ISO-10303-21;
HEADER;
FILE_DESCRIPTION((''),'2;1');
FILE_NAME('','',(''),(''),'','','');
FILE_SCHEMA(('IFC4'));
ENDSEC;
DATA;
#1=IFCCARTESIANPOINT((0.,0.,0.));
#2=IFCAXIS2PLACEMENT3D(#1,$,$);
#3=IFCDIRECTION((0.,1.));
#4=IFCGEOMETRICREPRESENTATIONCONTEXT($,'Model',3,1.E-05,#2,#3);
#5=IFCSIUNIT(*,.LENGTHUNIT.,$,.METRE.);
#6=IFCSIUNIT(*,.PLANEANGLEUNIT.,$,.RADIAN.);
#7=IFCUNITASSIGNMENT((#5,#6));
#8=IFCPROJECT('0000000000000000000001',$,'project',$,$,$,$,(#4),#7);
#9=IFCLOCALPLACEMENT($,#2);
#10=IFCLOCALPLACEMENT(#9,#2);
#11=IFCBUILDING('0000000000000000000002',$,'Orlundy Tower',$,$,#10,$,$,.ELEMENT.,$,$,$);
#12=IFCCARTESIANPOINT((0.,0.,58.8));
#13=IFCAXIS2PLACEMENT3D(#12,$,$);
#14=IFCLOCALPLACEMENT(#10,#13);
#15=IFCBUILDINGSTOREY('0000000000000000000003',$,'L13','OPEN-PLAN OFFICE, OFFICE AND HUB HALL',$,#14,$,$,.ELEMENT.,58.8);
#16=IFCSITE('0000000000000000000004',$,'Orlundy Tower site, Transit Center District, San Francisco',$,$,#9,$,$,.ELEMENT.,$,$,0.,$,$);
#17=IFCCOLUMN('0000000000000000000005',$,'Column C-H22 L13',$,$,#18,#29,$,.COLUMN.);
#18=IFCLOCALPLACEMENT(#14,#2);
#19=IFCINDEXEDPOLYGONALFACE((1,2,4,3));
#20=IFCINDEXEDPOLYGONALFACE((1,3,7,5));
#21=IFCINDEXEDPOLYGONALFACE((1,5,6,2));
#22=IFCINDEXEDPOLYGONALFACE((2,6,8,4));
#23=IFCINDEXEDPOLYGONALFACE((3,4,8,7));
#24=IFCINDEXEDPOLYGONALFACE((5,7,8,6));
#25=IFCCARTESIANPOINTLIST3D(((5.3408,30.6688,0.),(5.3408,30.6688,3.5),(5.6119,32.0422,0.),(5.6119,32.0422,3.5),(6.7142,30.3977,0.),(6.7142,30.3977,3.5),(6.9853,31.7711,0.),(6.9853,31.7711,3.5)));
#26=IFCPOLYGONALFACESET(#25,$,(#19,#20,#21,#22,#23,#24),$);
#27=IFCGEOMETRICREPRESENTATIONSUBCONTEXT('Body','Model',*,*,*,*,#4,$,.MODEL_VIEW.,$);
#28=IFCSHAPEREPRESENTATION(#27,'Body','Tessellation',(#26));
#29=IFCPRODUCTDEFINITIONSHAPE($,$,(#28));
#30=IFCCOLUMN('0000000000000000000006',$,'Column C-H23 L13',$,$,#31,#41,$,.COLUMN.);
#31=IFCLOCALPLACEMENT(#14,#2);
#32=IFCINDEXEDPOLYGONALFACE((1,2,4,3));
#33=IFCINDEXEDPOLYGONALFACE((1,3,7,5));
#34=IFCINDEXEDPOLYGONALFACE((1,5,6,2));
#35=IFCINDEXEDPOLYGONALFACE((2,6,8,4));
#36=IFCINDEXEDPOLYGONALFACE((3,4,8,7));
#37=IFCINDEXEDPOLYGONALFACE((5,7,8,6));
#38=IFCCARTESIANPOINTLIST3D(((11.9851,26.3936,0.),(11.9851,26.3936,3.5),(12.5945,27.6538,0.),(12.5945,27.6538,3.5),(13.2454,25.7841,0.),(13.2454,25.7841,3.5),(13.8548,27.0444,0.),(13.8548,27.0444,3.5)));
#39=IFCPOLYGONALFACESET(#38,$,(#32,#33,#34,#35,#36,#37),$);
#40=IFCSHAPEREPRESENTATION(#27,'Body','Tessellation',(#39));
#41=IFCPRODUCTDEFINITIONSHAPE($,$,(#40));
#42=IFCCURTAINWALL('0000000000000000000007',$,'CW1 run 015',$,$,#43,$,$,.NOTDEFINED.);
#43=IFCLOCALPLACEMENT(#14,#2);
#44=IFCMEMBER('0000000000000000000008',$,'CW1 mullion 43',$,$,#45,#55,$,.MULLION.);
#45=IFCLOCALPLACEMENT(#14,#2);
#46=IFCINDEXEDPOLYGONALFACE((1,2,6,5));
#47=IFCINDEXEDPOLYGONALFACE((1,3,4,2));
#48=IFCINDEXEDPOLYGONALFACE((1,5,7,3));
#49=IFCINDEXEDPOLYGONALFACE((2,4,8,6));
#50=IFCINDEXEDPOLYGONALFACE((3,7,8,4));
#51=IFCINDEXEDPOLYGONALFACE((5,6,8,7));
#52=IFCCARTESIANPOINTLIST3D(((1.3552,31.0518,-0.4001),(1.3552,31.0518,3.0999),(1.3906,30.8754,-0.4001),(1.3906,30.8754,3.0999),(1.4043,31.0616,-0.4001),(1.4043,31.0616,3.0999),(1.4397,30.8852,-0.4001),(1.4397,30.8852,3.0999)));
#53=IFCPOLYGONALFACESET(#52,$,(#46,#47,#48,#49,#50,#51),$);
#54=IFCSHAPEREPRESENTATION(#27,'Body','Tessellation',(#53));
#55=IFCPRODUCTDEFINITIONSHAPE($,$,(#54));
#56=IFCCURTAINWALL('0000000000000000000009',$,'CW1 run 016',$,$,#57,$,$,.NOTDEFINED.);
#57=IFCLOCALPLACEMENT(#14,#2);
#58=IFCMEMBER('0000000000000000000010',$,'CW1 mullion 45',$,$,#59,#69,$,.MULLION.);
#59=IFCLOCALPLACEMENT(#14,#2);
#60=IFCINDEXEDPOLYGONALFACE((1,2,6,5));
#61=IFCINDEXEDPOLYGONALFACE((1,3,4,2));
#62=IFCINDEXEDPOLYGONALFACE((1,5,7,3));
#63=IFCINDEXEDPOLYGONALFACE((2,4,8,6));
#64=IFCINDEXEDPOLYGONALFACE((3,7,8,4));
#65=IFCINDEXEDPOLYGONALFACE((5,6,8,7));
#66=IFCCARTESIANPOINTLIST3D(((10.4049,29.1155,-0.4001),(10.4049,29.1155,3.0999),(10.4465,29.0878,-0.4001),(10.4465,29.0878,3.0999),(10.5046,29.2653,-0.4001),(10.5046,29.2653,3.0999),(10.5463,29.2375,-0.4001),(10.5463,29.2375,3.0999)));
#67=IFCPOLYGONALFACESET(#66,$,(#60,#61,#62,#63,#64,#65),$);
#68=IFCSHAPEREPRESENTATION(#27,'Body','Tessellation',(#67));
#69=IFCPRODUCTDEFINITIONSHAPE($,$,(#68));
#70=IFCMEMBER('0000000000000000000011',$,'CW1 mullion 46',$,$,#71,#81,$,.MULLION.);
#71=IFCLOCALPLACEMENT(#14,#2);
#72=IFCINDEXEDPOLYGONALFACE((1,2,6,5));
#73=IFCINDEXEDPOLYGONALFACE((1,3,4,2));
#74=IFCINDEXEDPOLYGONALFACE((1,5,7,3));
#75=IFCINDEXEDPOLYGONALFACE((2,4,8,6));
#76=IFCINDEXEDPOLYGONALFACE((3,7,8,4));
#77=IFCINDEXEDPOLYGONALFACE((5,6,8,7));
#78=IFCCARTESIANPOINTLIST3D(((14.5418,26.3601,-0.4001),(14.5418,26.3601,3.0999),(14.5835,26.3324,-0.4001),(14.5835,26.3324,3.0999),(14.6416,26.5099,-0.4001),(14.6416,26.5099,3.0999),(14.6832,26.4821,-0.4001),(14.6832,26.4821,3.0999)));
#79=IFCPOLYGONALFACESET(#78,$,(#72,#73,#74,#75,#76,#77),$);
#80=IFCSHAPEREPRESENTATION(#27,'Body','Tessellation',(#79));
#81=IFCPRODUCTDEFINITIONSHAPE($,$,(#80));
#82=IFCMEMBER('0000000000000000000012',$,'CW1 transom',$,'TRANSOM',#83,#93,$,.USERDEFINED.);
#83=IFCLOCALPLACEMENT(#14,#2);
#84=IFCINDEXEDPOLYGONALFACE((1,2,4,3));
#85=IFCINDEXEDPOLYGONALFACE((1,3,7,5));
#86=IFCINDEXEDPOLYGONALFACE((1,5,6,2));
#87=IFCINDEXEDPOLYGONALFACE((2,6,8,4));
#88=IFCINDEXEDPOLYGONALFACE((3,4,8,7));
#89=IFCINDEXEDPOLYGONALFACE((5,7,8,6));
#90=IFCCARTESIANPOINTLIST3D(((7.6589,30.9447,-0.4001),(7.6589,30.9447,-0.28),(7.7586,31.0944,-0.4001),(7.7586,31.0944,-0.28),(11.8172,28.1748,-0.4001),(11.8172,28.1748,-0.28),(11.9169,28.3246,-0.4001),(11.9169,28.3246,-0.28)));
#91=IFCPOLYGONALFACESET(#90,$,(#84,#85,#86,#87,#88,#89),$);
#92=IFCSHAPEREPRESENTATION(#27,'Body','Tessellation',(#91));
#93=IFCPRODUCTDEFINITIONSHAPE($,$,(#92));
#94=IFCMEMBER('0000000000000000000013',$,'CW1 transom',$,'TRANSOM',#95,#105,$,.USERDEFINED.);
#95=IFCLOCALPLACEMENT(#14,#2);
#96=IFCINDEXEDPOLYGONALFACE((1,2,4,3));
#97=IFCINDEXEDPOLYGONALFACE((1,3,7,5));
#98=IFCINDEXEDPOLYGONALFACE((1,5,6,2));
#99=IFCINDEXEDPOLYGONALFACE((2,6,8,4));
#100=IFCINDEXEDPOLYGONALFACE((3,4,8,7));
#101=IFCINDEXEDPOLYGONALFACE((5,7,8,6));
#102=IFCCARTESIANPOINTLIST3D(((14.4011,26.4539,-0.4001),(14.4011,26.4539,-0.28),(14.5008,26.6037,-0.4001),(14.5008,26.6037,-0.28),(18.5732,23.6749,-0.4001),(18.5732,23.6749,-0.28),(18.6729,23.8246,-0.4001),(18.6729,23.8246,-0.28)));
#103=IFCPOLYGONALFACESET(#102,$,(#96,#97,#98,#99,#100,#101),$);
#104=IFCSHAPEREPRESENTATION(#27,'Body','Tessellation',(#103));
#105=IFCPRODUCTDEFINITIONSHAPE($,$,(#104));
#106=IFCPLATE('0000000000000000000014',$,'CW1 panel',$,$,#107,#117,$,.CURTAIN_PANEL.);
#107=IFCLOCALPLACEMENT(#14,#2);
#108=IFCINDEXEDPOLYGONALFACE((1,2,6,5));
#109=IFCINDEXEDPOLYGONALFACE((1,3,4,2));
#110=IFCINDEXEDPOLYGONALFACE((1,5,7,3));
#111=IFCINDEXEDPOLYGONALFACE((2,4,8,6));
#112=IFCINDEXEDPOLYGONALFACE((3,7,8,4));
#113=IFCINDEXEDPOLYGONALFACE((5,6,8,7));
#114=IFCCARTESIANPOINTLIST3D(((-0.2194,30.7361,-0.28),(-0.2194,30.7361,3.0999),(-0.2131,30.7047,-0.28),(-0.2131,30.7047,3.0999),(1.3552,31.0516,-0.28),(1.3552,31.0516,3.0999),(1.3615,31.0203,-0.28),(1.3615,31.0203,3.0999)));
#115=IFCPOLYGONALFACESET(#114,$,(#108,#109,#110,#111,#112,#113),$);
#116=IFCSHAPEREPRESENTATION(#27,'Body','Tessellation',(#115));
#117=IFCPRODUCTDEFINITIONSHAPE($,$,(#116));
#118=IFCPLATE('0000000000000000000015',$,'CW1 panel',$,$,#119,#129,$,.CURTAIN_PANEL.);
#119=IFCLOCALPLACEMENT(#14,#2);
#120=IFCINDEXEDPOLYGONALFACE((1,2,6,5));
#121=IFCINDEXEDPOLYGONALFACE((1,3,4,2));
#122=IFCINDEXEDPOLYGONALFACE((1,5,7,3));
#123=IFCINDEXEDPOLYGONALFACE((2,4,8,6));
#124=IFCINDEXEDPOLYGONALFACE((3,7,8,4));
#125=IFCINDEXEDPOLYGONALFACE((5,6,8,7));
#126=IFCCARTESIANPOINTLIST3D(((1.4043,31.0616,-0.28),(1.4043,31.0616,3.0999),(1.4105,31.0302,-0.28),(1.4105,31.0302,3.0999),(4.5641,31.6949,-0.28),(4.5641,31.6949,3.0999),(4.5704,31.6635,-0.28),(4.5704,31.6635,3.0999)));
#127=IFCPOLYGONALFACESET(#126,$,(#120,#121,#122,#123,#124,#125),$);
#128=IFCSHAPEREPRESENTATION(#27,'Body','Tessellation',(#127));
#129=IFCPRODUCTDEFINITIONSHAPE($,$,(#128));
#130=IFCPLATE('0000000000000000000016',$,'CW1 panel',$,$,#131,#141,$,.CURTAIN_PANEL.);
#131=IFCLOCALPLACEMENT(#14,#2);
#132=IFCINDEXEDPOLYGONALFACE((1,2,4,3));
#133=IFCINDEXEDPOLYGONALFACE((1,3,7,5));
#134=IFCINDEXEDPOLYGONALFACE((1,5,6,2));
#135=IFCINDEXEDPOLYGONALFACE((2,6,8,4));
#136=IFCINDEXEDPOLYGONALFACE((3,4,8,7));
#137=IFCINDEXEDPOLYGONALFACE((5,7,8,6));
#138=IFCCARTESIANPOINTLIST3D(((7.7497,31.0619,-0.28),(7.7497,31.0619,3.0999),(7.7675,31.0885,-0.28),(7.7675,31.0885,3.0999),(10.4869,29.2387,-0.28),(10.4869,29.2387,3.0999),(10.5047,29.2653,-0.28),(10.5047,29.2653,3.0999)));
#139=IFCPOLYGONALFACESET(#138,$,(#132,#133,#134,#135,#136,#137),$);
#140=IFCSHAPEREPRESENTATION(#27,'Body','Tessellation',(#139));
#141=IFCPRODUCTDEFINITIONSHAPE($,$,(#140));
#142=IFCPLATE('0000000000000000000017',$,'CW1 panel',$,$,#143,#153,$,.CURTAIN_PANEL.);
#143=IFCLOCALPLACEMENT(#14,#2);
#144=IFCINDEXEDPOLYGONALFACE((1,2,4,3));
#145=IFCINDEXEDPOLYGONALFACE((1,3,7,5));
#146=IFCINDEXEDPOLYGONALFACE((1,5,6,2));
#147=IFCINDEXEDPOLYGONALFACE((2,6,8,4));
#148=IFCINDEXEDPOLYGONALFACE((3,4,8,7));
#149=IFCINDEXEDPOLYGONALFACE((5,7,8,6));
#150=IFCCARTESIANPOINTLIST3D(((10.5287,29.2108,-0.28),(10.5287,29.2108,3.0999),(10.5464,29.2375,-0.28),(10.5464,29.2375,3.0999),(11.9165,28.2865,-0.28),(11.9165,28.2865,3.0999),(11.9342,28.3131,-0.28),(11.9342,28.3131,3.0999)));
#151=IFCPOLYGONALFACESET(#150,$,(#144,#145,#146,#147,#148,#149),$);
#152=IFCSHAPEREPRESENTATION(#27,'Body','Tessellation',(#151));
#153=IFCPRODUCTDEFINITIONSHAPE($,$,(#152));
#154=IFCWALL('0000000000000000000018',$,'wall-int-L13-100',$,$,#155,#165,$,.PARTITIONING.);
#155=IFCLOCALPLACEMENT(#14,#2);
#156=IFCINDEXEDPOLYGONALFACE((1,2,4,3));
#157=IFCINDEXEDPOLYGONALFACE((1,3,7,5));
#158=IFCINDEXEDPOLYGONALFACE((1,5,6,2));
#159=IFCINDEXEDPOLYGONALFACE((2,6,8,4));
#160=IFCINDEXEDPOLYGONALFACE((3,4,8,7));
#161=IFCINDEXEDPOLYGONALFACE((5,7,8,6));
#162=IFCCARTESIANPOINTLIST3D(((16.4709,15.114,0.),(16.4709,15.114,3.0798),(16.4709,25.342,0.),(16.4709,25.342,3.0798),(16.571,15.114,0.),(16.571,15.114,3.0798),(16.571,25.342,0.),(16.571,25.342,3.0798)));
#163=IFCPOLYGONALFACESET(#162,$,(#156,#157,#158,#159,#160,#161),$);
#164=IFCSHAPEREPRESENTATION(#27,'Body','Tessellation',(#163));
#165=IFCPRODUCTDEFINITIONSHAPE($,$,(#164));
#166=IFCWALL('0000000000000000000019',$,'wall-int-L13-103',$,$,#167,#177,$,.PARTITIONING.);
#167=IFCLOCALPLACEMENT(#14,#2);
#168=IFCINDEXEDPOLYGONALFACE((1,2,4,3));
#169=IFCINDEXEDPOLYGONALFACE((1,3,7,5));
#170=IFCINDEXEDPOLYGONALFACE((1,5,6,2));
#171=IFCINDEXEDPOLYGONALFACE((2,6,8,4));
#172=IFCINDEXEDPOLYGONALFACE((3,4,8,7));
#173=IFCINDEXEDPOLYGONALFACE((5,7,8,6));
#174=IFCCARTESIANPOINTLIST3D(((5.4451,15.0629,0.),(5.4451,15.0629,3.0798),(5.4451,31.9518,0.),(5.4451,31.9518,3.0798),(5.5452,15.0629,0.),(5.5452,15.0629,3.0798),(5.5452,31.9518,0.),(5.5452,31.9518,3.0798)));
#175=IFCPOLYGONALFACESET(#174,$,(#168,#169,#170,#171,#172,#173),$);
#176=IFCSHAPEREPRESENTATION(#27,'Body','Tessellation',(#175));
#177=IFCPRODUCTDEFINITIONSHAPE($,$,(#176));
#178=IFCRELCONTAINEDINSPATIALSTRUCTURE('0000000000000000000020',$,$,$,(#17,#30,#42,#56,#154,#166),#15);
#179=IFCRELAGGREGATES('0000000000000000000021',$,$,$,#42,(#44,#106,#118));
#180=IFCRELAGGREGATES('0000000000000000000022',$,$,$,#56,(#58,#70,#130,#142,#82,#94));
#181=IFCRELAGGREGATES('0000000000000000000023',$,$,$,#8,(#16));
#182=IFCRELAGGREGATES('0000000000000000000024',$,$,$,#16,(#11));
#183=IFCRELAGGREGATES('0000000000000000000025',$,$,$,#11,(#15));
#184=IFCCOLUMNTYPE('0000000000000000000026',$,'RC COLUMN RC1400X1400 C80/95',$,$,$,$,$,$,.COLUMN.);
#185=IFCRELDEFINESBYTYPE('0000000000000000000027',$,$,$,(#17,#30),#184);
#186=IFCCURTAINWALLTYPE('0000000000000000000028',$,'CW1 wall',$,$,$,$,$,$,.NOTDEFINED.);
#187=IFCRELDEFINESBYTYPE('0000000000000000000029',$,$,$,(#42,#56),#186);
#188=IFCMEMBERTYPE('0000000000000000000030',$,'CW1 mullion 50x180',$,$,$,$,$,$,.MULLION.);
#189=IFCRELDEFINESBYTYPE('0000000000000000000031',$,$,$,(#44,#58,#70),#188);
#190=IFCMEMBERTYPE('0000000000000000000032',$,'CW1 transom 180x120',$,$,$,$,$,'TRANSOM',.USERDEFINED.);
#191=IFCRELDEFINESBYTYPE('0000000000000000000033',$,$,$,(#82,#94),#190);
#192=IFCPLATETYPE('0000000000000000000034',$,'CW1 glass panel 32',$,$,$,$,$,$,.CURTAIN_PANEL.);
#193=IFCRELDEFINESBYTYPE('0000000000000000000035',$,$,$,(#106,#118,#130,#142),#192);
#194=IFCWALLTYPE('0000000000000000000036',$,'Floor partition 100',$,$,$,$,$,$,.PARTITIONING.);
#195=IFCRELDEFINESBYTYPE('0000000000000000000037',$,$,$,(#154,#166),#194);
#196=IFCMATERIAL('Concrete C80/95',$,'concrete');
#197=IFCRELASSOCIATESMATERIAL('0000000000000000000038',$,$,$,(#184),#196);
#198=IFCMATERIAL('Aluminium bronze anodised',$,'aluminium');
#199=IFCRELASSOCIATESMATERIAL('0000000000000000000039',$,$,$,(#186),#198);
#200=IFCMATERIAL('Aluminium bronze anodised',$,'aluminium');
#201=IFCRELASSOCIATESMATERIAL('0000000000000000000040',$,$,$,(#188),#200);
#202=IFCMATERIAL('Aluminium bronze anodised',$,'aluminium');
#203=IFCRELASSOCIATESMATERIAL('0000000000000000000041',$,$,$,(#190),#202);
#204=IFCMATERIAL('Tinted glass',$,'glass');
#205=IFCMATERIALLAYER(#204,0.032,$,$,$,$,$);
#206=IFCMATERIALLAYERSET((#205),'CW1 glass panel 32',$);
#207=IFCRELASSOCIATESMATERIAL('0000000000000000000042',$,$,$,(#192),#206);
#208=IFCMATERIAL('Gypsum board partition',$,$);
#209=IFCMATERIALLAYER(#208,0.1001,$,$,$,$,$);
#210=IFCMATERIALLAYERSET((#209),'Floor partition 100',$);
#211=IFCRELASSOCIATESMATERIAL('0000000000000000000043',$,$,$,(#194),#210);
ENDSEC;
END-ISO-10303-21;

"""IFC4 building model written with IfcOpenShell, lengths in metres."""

from ifc_helpers import new_model, si_unit, direction, frame, frame_2d, origin, origin_2d, place, context, subcontext, project, spatial, rectangle, extrude, material, layer, layer_set, material_profile, profile_set, type_object, element, aggregate, save


model = new_model("IFC4")

# Units and contexts
model_context = context("Model", 3, precision=1e-05, world=origin(), true_north=direction((0.0, 1.0)))
body_context = subcontext(model_context, "Body", "Model", "MODEL_VIEW")
ifc_project = project(units=[si_unit("LENGTHUNIT", "METRE"), si_unit("PLANEANGLEUNIT", "RADIAN")], contexts=[model_context])

# Site, building, storey
site_placement = place(None, origin())
site = spatial("IfcSite", under=ifc_project, at=site_placement, Name="Orlundy Tower site, Transit Center District, San Francisco", CompositionType="ELEMENT", RefElevation=0.0)
building_placement = place(site_placement, origin())
building = spatial("IfcBuilding", under=site, at=building_placement, Name="Orlundy Tower", CompositionType="ELEMENT")
storey_placement = place(building_placement, frame((0.0, 0.0, 58.8)))
storey = spatial("IfcBuildingStorey", under=building, at=storey_placement, Name="L13", Description="OPEN-PLAN OFFICE, OFFICE AND HUB HALL", CompositionType="ELEMENT", Elevation=58.8)

# Columns
ifc_material_1 = material(Name="Concrete C80/95", Category="concrete")
ifc_material_profile_1 = material_profile(ifc_material_1, rectangle(XDim=1.3999, YDim=1.3999, at=origin_2d()), Name="RC1400X1400")
ifc_profile_set_1 = profile_set([ifc_material_profile_1], Name="Concrete C80/95")
column_type = type_object("IfcColumnType", Name="RC COLUMN RC1400X1400 C80/95", PredefinedType="COLUMN", material=ifc_profile_set_1)
for number, where, z_axis, x_axis, name in (
    (1, (6.1631, 31.22, 0.0), (0.0, 0.0, 1.0), (0.193669, 0.981067, 0.0), "Column C-H22 L13"),
    (2, (12.9199, 26.719, 0.0), (0.0, 0.0, 1.0), (0.435325, 0.900273, 0.0), "Column C-H23 L13"),
):
    element("IfcColumn", number, at=place(storey_placement, frame(where, z_axis=z_axis, x_axis=x_axis)), inside=storey, type_object=column_type, Name=name, PredefinedType="COLUMN", context=body_context, shape_type="SweptSolid", body=[
        extrude(rectangle(XDim=1.3999, YDim=1.3999, at=origin_2d()), origin(), (0.0, 0.0, 1.0), 3.5),
    ])

# Curtain wall, member
ifc_material_2 = material(Name="Aluminium bronze anodised", Category="aluminium")
curtain_wall_type = type_object("IfcCurtainWallType", Name="CW1 wall", PredefinedType="NOTDEFINED", material=ifc_material_2)
curtain_wall_1_placement = place(storey_placement, origin())
curtain_wall_1 = element("IfcCurtainWall", 3, at=curtain_wall_1_placement, inside=storey, type_object=curtain_wall_type, Name="CW1 run 015", PredefinedType="NOTDEFINED")
ifc_material_3 = material(Name="Aluminium bronze anodised", Category="aluminium")
ifc_material_profile_2 = material_profile(ifc_material_3, rectangle(XDim=0.1799, YDim=0.05, at=origin_2d()), Name="CW1 mullion 50x180")
ifc_profile_set_2 = profile_set([ifc_material_profile_2], Name="Aluminium bronze anodised")
member_type_1 = type_object("IfcMemberType", Name="CW1 mullion 50x180", PredefinedType="MULLION", material=ifc_profile_set_2)
member_1_placement = place(storey_placement, frame((1.3975, 30.9685, -0.4001), z_axis=(0.0, 0.0, 1.0), x_axis=(-0.196511, 0.980502, 0.0)))
member_1 = element("IfcMember", 4, at=member_1_placement, type_object=member_type_1, Name="CW1 mullion 43", PredefinedType="MULLION", context=body_context, shape_type="SweptSolid", body=[
    extrude(rectangle(XDim=0.1799, YDim=0.05, at=origin_2d()), origin(), (0.0, 0.0, 1.0), 3.5),
])

# Curtain wall, members
curtain_wall_2_placement = place(storey_placement, origin())
curtain_wall_2 = element("IfcCurtainWall", 5, at=curtain_wall_2_placement, inside=storey, type_object=curtain_wall_type, Name="CW1 run 016", PredefinedType="NOTDEFINED")
member_2_placement = place(storey_placement, frame((10.4756, 29.1765, -0.4001), z_axis=(0.0, 0.0, 1.0), x_axis=(0.554357, 0.832279, 0.0)))
member_2 = element("IfcMember", 6, at=member_2_placement, type_object=member_type_1, Name="CW1 mullion 45", PredefinedType="MULLION", context=body_context, shape_type="SweptSolid", body=[
    extrude(rectangle(XDim=0.1799, YDim=0.05, at=origin_2d()), origin(), (0.0, 0.0, 1.0), 3.5),
])
member_3_placement = place(storey_placement, frame((14.6125, 26.4211, -0.4001), z_axis=(0.0, 0.0, 1.0), x_axis=(0.554357, 0.832279, 0.0)))
member_3 = element("IfcMember", 7, at=member_3_placement, type_object=member_type_1, Name="CW1 mullion 46", PredefinedType="MULLION", context=body_context, shape_type="SweptSolid", body=[
    extrude(rectangle(XDim=0.1799, YDim=0.05, at=origin_2d()), origin(), (0.0, 0.0, 1.0), 3.5),
])
ifc_material_4 = material(Name="Aluminium bronze anodised", Category="aluminium")
ifc_material_profile_3 = material_profile(ifc_material_4, rectangle(XDim=0.1799, YDim=0.1201, at=origin_2d()), Name="CW1 transom 180x120")
ifc_profile_set_3 = profile_set([ifc_material_profile_3], Name="Aluminium bronze anodised")
member_type_2 = type_object("IfcMemberType", Name="CW1 transom 180x120", ElementType="TRANSOM", PredefinedType="USERDEFINED", material=ifc_profile_set_3)
member_4_placement = place(storey_placement, frame((7.7087, 31.0195, -0.3401), z_axis=(0.832268, -0.554373, 0.0), x_axis=(0.554373, 0.832268, 0.0)))
member_4 = element("IfcMember", 8, at=member_4_placement, type_object=member_type_2, Name="CW1 transom", ObjectType="TRANSOM", PredefinedType="USERDEFINED", context=body_context, shape_type="SweptSolid", body=[
    extrude(rectangle(XDim=0.1799, YDim=0.1201, at=origin_2d()), origin(), (0.0, 0.0, 1.0), 4.9963),
])
member_5_placement = place(storey_placement, frame((14.4509, 26.5288, -0.3401), z_axis=(0.832268, -0.554374, 0.0), x_axis=(0.554374, 0.832268, 0.0)))
member_5 = element("IfcMember", 9, at=member_5_placement, type_object=member_type_2, Name="CW1 transom", ObjectType="TRANSOM", PredefinedType="USERDEFINED", context=body_context, shape_type="SweptSolid", body=[
    extrude(rectangle(XDim=0.1799, YDim=0.1201, at=origin_2d()), origin(), (0.0, 0.0, 1.0), 5.0129),
])

# Plates
ifc_material_5 = material(Name="Tinted glass", Category="glass")
ifc_layer_1 = layer(ifc_material_5, 0.032)
ifc_layer_set_1 = layer_set([ifc_layer_1], Name="CW1 glass panel 32")
plate_type = type_object("IfcPlateType", Name="CW1 glass panel 32", PredefinedType="CURTAIN_PANEL", material=ifc_layer_set_1)
plate_1_placement = place(storey_placement, frame((0.571, 30.8782, -0.28), z_axis=(0.0, 0.0, 1.0), x_axis=(0.980502, 0.196511, 0.0)))
plate_1 = element("IfcPlate", 10, at=plate_1_placement, type_object=plate_type, Name="CW1 panel", PredefinedType="CURTAIN_PANEL", context=body_context, shape_type="SweptSolid", body=[
    extrude(rectangle(XDim=1.606, YDim=0.032, at=origin_2d()), origin(), (0.0, 0.0, 1.0), 3.3799),
])
plate_2_placement = place(storey_placement, frame((2.9873, 31.3625, -0.28), z_axis=(0.0, 0.0, 1.0), x_axis=(0.980502, 0.196511, 0.0)))
plate_2 = element("IfcPlate", 11, at=plate_2_placement, type_object=plate_type, Name="CW1 panel", PredefinedType="CURTAIN_PANEL", context=body_context, shape_type="SweptSolid", body=[
    extrude(rectangle(XDim=3.2227, YDim=0.032, at=origin_2d()), origin(), (0.0, 0.0, 1.0), 3.3799),
])
aggregate(curtain_wall_1, [member_1, plate_1, plate_2])
plate_3_placement = place(storey_placement, frame((9.1272, 30.1636, -0.28), z_axis=(0.0, 0.0, 1.0), x_axis=(0.832279, -0.554357, 0.0)))
plate_3 = element("IfcPlate", 12, at=plate_3_placement, type_object=plate_type, Name="CW1 panel", PredefinedType="CURTAIN_PANEL", context=body_context, shape_type="SweptSolid", body=[
    extrude(rectangle(XDim=3.2888, YDim=0.032, at=origin_2d()), origin(), (0.0, 0.0, 1.0), 3.3799),
])
plate_4_placement = place(storey_placement, frame((11.2314, 28.762, -0.28), z_axis=(0.0, 0.0, 1.0), x_axis=(0.832279, -0.554357, 0.0)))
plate_4 = element("IfcPlate", 13, at=plate_4_placement, type_object=plate_type, Name="CW1 panel", PredefinedType="CURTAIN_PANEL", context=body_context, shape_type="SweptSolid", body=[
    extrude(rectangle(XDim=1.6675, YDim=0.032, at=origin_2d()), origin(), (0.0, 0.0, 1.0), 3.3799),
])
aggregate(curtain_wall_2, [member_2, member_3, plate_3, plate_4, member_4, member_5])

# Walls
ifc_material_6 = material(Name="Gypsum board partition")
ifc_layer_2 = layer(ifc_material_6, 0.1001)
ifc_layer_set_2 = layer_set([ifc_layer_2], Name="Floor partition 100")
wall_type = type_object("IfcWallType", Name="Floor partition 100", PredefinedType="PARTITIONING", material=ifc_layer_set_2)
wall_1_placement = place(storey_placement, frame((16.521, 15.114, 0.0), z_axis=(0.0, 0.0, 1.0), x_axis=(0.0, 1.0, 0.0)))
element("IfcWall", 14, at=wall_1_placement, inside=storey, type_object=wall_type, Name="wall-int-L13-100", PredefinedType="PARTITIONING", context=body_context, shape_type="SweptSolid", body=[
    extrude(rectangle(XDim=10.228, YDim=0.1001, at=frame_2d((5.114, 0.0))), origin(), (0.0, 0.0, 1.0), 3.0798),
])
wall_2_placement = place(storey_placement, frame((5.4951, 15.063, 0.0), z_axis=(0.0, 0.0, 1.0), x_axis=(0.0, 1.0, 0.0)))
element("IfcWall", 15, at=wall_2_placement, inside=storey, type_object=wall_type, Name="wall-int-L13-103", PredefinedType="PARTITIONING", context=body_context, shape_type="SweptSolid", body=[
    extrude(rectangle(XDim=16.8889, YDim=0.1001, at=frame_2d((8.4443, 0.0))), origin(), (0.0, 0.0, 1.0), 3.0798),
])

save(model, "model.ifc")
